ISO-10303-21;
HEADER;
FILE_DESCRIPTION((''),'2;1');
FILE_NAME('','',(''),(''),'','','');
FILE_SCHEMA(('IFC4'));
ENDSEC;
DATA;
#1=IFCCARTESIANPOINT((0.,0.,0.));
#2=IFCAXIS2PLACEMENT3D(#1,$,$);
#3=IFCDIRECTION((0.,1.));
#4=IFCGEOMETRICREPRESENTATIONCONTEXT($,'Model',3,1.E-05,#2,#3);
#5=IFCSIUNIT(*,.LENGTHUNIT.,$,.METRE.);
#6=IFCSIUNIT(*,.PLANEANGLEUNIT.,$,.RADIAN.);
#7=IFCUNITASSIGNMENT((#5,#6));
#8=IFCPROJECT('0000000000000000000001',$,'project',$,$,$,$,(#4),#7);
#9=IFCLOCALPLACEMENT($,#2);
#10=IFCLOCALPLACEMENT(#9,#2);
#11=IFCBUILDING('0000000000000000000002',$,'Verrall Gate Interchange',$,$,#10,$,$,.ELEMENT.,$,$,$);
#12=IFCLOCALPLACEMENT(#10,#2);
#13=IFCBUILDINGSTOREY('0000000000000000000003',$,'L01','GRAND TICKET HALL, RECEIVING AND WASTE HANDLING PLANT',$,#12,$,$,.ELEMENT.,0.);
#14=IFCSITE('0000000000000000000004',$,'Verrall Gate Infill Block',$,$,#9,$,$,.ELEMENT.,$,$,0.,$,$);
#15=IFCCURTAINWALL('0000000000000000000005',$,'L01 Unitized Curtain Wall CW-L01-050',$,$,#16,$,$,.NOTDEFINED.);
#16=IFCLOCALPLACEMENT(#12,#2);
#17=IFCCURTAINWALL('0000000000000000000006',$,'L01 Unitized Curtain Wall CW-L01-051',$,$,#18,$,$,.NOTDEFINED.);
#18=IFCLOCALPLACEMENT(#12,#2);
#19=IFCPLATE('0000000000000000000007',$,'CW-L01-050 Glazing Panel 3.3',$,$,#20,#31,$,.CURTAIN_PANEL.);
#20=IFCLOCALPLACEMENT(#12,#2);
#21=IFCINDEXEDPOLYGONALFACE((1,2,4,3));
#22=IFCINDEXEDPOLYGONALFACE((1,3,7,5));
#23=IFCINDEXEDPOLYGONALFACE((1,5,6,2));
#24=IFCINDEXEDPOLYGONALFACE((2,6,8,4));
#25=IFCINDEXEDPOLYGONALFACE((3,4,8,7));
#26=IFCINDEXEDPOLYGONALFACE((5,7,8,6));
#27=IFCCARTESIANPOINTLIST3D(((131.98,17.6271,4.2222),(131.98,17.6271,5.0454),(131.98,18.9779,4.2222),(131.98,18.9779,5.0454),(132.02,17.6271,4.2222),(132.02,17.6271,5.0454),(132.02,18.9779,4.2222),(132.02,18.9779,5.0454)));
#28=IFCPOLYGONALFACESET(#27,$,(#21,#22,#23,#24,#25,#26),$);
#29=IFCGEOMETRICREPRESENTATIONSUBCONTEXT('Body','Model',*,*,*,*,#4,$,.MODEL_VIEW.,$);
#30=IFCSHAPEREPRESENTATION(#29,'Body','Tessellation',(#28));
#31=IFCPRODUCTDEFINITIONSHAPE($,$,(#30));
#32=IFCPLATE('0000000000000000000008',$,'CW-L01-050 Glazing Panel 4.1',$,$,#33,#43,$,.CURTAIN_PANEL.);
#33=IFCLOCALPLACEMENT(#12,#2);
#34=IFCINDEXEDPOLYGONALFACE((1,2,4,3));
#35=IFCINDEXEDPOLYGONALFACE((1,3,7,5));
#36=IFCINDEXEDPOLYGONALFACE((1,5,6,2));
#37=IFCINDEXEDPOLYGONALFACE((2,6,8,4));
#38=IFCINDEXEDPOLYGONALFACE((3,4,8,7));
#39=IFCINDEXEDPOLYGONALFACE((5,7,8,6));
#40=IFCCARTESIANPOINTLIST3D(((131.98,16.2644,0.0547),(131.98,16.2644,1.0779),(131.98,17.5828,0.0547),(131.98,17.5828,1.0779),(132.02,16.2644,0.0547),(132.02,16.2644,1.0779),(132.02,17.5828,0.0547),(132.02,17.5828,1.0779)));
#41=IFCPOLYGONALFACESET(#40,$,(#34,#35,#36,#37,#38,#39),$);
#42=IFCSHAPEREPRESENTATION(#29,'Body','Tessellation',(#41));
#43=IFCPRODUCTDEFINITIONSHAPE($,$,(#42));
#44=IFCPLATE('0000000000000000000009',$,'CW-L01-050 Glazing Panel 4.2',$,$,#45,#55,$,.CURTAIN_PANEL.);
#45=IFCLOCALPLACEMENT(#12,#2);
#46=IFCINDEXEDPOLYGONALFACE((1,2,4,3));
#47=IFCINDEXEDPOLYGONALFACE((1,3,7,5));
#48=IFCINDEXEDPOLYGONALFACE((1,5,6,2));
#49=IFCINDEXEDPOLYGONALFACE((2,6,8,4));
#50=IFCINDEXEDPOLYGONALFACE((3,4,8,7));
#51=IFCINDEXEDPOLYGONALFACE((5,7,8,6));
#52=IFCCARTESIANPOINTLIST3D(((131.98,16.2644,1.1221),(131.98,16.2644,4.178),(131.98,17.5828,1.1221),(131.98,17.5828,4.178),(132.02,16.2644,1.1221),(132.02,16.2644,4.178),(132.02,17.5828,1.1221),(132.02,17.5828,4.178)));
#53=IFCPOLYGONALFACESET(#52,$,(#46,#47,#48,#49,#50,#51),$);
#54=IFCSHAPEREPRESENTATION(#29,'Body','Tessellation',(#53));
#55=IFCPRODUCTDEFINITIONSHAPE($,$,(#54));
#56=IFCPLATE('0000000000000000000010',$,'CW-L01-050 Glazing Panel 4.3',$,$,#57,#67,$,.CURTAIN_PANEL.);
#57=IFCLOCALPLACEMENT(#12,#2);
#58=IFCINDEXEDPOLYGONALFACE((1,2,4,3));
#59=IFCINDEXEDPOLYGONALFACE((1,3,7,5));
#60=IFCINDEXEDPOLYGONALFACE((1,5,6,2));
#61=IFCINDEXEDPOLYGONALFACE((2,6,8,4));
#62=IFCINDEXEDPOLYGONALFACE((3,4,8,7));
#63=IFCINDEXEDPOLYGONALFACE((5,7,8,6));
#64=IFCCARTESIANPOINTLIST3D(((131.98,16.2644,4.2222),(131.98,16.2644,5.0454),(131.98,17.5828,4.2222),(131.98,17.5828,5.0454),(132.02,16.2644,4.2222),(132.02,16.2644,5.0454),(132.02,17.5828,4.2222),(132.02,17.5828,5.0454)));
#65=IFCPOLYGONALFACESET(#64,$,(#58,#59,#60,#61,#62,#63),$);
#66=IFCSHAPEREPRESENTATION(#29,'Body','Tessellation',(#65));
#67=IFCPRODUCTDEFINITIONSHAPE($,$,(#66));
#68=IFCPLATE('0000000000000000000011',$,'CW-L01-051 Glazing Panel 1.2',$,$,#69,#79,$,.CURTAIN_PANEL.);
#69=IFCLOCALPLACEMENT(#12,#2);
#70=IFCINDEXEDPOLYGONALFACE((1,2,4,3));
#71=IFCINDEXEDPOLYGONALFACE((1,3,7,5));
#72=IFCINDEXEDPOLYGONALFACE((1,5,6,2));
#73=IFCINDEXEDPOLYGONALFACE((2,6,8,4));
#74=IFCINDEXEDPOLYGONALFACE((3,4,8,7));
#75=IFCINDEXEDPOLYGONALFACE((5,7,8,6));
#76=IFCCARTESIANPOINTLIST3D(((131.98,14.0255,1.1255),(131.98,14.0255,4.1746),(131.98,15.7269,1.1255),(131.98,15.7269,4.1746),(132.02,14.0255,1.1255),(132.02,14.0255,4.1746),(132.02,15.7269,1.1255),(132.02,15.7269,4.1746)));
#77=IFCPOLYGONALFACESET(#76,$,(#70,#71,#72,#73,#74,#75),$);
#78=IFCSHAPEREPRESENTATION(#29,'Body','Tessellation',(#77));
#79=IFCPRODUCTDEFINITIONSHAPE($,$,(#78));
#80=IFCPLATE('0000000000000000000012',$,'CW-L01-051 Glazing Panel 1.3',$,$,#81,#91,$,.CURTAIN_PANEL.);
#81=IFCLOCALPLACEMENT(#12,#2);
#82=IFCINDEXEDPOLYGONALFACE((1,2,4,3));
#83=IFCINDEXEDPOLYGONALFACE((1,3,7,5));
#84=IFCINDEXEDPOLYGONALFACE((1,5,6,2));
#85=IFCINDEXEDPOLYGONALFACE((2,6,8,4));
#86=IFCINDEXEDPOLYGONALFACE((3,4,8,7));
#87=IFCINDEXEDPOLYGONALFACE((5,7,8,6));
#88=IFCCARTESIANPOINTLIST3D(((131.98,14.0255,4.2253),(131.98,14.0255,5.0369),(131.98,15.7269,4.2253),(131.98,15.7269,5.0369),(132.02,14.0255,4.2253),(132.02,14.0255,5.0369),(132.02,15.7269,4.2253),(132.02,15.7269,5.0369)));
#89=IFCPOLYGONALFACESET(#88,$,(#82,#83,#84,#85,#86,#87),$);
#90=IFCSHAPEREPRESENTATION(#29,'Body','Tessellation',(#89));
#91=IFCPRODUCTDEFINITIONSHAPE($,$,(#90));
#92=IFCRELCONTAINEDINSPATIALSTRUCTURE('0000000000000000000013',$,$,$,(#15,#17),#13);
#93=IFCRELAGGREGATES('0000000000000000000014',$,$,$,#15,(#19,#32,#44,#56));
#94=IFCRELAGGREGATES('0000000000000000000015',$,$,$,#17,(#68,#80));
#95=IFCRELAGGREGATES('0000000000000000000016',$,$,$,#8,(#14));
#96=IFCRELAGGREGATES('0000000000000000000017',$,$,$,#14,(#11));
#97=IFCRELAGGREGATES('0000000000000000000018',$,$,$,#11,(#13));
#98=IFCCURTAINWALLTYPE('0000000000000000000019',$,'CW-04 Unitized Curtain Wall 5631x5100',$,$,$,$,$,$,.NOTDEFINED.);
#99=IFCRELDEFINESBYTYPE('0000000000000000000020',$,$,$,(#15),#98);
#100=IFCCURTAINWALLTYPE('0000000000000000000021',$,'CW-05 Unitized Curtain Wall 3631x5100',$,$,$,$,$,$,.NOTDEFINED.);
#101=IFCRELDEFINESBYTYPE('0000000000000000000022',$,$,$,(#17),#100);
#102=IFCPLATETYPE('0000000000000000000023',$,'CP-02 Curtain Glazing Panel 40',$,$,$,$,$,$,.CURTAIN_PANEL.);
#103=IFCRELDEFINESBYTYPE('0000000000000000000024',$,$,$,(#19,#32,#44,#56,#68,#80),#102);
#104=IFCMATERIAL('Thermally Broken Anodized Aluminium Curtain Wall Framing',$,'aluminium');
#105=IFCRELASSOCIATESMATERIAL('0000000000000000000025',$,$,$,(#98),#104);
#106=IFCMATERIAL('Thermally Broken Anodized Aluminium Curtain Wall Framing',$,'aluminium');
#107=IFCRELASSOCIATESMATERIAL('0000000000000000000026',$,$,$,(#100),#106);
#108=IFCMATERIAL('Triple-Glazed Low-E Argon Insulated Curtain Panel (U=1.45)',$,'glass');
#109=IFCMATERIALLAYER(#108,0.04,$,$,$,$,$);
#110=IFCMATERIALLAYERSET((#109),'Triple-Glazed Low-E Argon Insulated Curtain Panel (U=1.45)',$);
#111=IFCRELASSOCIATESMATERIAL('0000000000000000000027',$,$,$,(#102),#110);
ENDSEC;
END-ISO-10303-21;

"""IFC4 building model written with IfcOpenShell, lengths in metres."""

from ifc_helpers import new_model, si_unit, direction, frame, origin, origin_2d, place, context, subcontext, project, spatial, rectangle, extrude, material, layer, layer_set, type_object, element, aggregate, save


model = new_model("IFC4")

# Units and contexts
model_context = context("Model", 3, precision=1e-05, world=origin(), true_north=direction((0.0, 1.0)))
body_context = subcontext(model_context, "Body", "Model", "MODEL_VIEW")
ifc_project = project(units=[si_unit("LENGTHUNIT", "METRE"), si_unit("PLANEANGLEUNIT", "RADIAN")], contexts=[model_context])

# Site, building, storey
site_placement = place(None, origin())
site = spatial("IfcSite", under=ifc_project, at=site_placement, Name="Verrall Gate Infill Block", CompositionType="ELEMENT", RefElevation=0.0)
building_placement = place(site_placement, origin())
building = spatial("IfcBuilding", under=site, at=building_placement, Name="Verrall Gate Interchange", CompositionType="ELEMENT")
storey_placement = place(building_placement, origin())
storey = spatial("IfcBuildingStorey", under=building, at=storey_placement, Name="L01", Description="GRAND TICKET HALL, RECEIVING AND WASTE HANDLING PLANT", CompositionType="ELEMENT", Elevation=0.0)

# Curtain walls
ifc_material_1 = material(Name="Thermally Broken Anodized Aluminium Curtain Wall Framing", Category="aluminium")
curtain_wall_type_1 = type_object("IfcCurtainWallType", Name="CW-04 Unitized Curtain Wall 5631x5100", PredefinedType="NOTDEFINED", material=ifc_material_1)
curtain_wall_1_placement = place(storey_placement, origin())
curtain_wall_1 = element("IfcCurtainWall", 1, at=curtain_wall_1_placement, inside=storey, type_object=curtain_wall_type_1, Name="L01 Unitized Curtain Wall CW-L01-050", PredefinedType="NOTDEFINED")
ifc_material_2 = material(Name="Thermally Broken Anodized Aluminium Curtain Wall Framing", Category="aluminium")
curtain_wall_type_2 = type_object("IfcCurtainWallType", Name="CW-05 Unitized Curtain Wall 3631x5100", PredefinedType="NOTDEFINED", material=ifc_material_2)
curtain_wall_2_placement = place(storey_placement, origin())
curtain_wall_2 = element("IfcCurtainWall", 2, at=curtain_wall_2_placement, inside=storey, type_object=curtain_wall_type_2, Name="L01 Unitized Curtain Wall CW-L01-051", PredefinedType="NOTDEFINED")

# Plates
ifc_material_3 = material(Name="Triple-Glazed Low-E Argon Insulated Curtain Panel (U=1.45)", Category="glass")
ifc_layer = layer(ifc_material_3, 0.04)
ifc_layer_set = layer_set([ifc_layer], Name="Triple-Glazed Low-E Argon Insulated Curtain Panel (U=1.45)")
plate_type = type_object("IfcPlateType", Name="CP-02 Curtain Glazing Panel 40", PredefinedType="CURTAIN_PANEL", material=ifc_layer_set)
plate_1_placement = place(storey_placement, frame((132.0, 18.3025, 4.2222), z_axis=(0.0, 0.0, 1.0), x_axis=(0.0, -1.0, 0.0)))
plate_1 = element("IfcPlate", 3, at=plate_1_placement, type_object=plate_type, Name="CW-L01-050 Glazing Panel 3.3", PredefinedType="CURTAIN_PANEL", context=body_context, shape_type="SweptSolid", body=[
    extrude(rectangle(XDim=1.3508, YDim=0.04, at=origin_2d()), origin(), (0.0, 0.0, 1.0), 0.8232),
])
plate_2_placement = place(storey_placement, frame((132.0, 16.9236, 0.0547), z_axis=(0.0, 0.0, 1.0), x_axis=(0.0, -1.0, 0.0)))
plate_2 = element("IfcPlate", 4, at=plate_2_placement, type_object=plate_type, Name="CW-L01-050 Glazing Panel 4.1", PredefinedType="CURTAIN_PANEL", context=body_context, shape_type="SweptSolid", body=[
    extrude(rectangle(XDim=1.3184, YDim=0.04, at=origin_2d()), origin(), (0.0, 0.0, 1.0), 1.0232),
])
plate_3_placement = place(storey_placement, frame((132.0, 16.9236, 1.1221), z_axis=(0.0, 0.0, 1.0), x_axis=(0.0, -1.0, 0.0)))
plate_3 = element("IfcPlate", 5, at=plate_3_placement, type_object=plate_type, Name="CW-L01-050 Glazing Panel 4.2", PredefinedType="CURTAIN_PANEL", context=body_context, shape_type="SweptSolid", body=[
    extrude(rectangle(XDim=1.3184, YDim=0.04, at=origin_2d()), origin(), (0.0, 0.0, 1.0), 3.0559),
])
plate_4_placement = place(storey_placement, frame((132.0, 16.9236, 4.2222), z_axis=(0.0, 0.0, 1.0), x_axis=(0.0, -1.0, 0.0)))
plate_4 = element("IfcPlate", 6, at=plate_4_placement, type_object=plate_type, Name="CW-L01-050 Glazing Panel 4.3", PredefinedType="CURTAIN_PANEL", context=body_context, shape_type="SweptSolid", body=[
    extrude(rectangle(XDim=1.3184, YDim=0.04, at=origin_2d()), origin(), (0.0, 0.0, 1.0), 0.8232),
])
aggregate(curtain_wall_1, [plate_1, plate_2, plate_3, plate_4])
plate_5_placement = place(storey_placement, frame((132.0, 14.8762, 1.1255), z_axis=(0.0, 0.0, 1.0), x_axis=(0.0, -1.0, 0.0)))
plate_5 = element("IfcPlate", 7, at=plate_5_placement, type_object=plate_type, Name="CW-L01-051 Glazing Panel 1.2", PredefinedType="CURTAIN_PANEL", context=body_context, shape_type="SweptSolid", body=[
    extrude(rectangle(XDim=1.7014, YDim=0.04, at=origin_2d()), origin(), (0.0, 0.0, 1.0), 3.0491),
])
plate_6_placement = place(storey_placement, frame((132.0, 14.8762, 4.2253), z_axis=(0.0, 0.0, 1.0), x_axis=(0.0, -1.0, 0.0)))
plate_6 = element("IfcPlate", 8, at=plate_6_placement, type_object=plate_type, Name="CW-L01-051 Glazing Panel 1.3", PredefinedType="CURTAIN_PANEL", context=body_context, shape_type="SweptSolid", body=[
    extrude(rectangle(XDim=1.7014, YDim=0.04, at=origin_2d()), origin(), (0.0, 0.0, 1.0), 0.8115),
])
aggregate(curtain_wall_2, [plate_5, plate_6])

save(model, "model.ifc")
